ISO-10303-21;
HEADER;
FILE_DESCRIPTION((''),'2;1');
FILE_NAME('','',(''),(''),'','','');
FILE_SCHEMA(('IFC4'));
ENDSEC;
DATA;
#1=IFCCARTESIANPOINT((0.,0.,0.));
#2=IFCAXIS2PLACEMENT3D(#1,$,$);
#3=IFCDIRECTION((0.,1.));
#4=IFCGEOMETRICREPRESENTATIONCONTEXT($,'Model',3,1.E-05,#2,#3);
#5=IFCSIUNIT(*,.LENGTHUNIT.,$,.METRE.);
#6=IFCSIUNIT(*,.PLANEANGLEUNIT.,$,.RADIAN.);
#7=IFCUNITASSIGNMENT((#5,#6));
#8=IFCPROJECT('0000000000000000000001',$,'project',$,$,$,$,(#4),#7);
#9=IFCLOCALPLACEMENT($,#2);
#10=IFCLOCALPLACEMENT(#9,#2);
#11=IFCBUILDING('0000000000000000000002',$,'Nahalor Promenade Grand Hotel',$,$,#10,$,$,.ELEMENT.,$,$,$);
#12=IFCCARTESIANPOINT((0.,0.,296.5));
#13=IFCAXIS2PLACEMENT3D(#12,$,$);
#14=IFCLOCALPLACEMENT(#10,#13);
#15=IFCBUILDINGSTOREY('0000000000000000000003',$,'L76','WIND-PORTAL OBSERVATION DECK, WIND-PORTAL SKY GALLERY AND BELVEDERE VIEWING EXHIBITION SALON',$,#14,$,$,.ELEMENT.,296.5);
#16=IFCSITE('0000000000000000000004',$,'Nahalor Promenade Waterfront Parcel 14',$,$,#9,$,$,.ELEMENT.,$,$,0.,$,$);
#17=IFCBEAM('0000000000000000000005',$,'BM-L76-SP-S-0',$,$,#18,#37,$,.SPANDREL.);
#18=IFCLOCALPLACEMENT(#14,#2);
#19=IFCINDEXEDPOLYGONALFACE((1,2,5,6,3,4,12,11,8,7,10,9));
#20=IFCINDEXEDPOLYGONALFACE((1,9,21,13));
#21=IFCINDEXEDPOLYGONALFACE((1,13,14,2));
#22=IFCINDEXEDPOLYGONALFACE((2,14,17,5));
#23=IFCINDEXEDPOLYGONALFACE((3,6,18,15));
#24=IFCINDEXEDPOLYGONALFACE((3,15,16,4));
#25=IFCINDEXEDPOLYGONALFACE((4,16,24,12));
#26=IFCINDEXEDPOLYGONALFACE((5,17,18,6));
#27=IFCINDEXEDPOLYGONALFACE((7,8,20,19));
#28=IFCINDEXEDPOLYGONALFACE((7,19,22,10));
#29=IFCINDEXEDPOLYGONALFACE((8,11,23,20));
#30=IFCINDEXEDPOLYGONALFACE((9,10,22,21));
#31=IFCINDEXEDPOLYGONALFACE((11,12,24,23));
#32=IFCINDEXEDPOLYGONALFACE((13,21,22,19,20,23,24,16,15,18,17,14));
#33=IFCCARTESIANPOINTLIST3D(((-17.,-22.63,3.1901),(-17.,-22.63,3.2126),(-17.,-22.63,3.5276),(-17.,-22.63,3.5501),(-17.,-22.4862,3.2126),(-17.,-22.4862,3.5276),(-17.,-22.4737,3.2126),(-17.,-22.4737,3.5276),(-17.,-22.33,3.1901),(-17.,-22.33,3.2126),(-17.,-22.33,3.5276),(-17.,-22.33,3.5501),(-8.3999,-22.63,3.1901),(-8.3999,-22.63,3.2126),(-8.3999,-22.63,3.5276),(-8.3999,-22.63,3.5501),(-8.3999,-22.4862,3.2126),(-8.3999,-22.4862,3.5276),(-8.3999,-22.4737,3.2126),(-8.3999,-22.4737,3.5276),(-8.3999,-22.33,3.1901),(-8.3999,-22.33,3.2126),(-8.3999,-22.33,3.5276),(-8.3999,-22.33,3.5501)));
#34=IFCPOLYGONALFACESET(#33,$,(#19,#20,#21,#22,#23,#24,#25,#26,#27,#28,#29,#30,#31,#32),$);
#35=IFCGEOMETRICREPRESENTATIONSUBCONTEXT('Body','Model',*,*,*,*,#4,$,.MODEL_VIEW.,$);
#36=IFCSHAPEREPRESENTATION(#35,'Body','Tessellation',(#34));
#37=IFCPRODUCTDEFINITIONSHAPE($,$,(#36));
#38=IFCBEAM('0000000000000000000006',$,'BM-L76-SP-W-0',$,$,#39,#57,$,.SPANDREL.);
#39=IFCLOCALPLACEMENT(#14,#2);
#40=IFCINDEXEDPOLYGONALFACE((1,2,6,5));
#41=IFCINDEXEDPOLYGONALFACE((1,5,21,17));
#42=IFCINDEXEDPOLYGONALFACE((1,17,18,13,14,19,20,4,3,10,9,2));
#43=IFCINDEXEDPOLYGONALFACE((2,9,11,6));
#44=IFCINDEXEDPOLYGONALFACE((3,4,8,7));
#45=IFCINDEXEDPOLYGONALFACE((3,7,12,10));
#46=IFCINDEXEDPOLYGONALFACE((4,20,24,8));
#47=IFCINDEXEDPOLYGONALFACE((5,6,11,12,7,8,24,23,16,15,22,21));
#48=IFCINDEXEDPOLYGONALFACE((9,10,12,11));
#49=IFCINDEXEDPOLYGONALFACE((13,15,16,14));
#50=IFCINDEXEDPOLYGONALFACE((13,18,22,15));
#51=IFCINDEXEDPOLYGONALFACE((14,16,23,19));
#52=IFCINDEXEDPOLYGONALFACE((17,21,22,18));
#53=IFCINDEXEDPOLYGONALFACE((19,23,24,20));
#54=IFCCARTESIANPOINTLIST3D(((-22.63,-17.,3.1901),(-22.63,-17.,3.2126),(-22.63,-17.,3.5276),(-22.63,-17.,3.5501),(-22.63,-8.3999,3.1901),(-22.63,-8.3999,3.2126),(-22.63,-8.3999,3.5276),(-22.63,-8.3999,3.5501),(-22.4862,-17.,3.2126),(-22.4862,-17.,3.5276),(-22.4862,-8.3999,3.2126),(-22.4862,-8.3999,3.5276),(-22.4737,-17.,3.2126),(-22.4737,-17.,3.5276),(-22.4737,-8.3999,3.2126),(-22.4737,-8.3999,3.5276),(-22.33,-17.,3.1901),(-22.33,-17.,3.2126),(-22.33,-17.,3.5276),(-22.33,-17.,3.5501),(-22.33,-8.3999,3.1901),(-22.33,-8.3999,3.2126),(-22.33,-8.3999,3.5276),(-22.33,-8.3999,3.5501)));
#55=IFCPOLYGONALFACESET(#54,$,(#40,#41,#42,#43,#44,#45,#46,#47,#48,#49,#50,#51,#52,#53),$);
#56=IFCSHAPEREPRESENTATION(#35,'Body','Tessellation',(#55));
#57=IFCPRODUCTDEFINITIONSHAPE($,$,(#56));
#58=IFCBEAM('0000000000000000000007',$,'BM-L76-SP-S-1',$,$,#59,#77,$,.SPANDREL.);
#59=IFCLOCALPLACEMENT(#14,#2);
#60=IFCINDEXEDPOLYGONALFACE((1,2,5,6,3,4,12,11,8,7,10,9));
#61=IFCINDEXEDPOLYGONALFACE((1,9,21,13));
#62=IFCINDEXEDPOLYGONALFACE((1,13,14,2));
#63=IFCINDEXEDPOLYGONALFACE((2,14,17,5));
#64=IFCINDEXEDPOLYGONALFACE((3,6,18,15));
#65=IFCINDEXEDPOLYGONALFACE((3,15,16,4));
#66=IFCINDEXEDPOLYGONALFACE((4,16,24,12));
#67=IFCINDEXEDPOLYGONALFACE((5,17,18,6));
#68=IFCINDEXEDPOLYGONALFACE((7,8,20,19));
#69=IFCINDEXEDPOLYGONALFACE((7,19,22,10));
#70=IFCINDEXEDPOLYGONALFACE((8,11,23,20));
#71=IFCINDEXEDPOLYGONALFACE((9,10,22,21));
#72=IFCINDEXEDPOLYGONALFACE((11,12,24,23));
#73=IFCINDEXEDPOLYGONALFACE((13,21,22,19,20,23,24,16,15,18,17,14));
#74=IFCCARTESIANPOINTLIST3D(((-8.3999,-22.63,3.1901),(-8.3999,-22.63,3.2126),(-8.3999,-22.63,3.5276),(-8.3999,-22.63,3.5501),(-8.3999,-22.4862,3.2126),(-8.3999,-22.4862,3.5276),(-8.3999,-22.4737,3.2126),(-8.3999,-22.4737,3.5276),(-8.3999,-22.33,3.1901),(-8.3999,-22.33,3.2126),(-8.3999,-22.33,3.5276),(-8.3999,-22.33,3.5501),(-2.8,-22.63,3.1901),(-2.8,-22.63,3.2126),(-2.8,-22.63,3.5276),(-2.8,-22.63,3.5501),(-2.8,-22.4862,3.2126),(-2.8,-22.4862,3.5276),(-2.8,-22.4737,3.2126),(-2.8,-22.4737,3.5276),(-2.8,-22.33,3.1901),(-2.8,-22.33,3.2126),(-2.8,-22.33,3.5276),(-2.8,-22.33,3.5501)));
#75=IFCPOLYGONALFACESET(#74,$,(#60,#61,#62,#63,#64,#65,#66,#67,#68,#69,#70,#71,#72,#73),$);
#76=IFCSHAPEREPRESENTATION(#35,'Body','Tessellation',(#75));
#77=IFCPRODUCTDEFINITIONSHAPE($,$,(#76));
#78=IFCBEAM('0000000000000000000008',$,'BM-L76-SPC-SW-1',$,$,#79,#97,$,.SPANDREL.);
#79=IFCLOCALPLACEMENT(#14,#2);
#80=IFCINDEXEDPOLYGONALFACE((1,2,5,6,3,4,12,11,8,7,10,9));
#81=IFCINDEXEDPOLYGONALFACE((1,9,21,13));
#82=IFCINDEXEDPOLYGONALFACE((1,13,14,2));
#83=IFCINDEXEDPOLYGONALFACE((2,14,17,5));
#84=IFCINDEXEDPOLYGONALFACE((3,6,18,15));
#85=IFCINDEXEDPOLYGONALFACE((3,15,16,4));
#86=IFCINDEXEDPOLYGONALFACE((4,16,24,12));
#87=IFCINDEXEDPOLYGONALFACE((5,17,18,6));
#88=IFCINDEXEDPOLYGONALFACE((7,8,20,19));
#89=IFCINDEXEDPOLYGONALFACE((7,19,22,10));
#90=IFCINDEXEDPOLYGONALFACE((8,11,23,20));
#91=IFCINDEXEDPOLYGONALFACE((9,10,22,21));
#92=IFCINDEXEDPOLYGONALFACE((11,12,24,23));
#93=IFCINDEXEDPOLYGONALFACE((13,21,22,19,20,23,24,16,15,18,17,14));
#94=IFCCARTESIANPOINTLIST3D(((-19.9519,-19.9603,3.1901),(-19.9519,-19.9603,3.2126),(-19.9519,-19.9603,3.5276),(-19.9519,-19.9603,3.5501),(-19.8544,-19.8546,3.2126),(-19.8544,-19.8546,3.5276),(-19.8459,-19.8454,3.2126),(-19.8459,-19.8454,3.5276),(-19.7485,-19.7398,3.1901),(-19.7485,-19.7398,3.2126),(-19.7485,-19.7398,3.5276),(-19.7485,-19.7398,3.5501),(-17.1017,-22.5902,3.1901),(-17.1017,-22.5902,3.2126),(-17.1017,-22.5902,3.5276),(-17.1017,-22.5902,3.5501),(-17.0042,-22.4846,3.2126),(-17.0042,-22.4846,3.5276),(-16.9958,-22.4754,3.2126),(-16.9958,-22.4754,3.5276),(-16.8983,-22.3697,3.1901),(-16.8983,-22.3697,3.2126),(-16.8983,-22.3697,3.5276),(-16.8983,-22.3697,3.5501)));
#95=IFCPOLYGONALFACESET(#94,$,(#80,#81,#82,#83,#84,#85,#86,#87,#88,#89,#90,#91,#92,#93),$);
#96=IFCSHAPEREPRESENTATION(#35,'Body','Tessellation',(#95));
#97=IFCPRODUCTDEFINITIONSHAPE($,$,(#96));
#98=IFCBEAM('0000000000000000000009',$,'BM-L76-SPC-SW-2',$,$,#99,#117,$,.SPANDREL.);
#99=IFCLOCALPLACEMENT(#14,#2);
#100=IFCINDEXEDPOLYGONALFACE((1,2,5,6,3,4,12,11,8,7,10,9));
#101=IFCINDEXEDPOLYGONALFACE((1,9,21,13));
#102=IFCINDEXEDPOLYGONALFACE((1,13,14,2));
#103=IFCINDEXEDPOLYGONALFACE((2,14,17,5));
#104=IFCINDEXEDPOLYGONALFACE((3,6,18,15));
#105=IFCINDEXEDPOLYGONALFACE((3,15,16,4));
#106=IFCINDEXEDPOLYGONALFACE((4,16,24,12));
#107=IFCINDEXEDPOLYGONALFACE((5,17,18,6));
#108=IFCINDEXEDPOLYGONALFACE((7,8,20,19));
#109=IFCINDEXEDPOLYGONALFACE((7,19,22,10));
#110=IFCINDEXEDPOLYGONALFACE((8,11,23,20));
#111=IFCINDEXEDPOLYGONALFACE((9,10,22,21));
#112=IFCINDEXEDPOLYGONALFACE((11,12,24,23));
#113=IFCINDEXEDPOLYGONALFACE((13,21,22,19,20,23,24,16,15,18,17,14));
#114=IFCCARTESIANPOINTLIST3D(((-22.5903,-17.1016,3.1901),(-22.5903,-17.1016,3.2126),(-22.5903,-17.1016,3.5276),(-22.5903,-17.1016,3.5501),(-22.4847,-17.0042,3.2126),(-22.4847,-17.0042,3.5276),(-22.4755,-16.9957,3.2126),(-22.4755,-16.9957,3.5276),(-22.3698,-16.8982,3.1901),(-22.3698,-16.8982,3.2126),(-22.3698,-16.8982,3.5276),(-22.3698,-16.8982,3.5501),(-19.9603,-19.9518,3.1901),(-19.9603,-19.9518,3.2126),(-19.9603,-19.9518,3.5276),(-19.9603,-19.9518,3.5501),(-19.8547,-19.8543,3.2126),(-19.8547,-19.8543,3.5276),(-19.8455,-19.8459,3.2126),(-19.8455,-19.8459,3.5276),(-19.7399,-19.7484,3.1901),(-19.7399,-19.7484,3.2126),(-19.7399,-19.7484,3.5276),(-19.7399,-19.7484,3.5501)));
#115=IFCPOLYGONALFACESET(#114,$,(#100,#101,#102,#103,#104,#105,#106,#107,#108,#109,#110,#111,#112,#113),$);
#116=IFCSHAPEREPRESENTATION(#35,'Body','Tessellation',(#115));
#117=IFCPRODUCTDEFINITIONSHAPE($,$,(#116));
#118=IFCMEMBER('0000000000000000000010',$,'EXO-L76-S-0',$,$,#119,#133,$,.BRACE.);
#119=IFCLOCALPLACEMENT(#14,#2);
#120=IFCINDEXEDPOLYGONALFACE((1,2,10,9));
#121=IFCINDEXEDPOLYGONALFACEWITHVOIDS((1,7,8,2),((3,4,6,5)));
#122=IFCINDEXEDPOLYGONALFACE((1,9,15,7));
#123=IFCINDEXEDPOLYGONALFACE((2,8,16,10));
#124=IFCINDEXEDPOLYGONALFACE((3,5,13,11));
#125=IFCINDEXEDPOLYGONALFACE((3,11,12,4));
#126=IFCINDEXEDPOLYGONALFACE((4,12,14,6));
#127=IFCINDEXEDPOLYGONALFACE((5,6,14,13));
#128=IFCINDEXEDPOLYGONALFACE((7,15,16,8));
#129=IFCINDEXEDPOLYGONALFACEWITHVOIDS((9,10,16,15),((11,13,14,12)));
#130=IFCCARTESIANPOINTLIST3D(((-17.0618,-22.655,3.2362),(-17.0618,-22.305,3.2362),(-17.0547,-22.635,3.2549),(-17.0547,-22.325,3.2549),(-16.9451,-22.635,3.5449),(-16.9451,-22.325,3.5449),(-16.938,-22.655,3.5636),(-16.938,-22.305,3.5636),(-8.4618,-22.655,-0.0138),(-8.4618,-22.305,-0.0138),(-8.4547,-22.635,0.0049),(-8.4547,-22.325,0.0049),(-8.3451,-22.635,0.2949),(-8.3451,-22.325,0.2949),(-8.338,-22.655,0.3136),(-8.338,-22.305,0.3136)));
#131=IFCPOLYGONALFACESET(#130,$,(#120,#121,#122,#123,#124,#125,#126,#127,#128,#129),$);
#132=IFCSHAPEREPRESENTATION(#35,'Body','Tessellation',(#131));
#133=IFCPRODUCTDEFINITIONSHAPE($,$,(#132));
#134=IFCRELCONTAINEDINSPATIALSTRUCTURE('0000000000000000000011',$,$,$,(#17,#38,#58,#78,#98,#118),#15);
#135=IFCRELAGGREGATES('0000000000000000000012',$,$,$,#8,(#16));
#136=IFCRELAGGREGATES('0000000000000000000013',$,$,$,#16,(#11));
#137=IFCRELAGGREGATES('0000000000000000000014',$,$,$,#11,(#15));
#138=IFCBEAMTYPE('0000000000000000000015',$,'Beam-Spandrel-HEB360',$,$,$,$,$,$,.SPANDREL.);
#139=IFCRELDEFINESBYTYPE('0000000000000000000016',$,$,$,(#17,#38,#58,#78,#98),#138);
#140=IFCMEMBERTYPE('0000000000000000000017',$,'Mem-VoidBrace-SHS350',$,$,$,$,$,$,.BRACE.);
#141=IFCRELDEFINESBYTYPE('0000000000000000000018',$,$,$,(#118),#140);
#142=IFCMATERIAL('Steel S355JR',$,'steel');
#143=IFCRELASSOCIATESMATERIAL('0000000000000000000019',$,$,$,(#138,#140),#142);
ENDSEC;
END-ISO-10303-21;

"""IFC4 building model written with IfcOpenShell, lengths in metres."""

from ifc_helpers import new_model, si_unit, direction, frame, origin, origin_2d, place, context, subcontext, project, spatial, hollow_rectangle, i_section, extrude, source, transform, mapped, material, material_profile, profile_set, type_object, element, save


model = new_model("IFC4")

# Units and contexts
model_context = context("Model", 3, precision=1e-05, world=origin(), true_north=direction((0.0, 1.0)))
body_context = subcontext(model_context, "Body", "Model", "MODEL_VIEW")
ifc_project = project(units=[si_unit("LENGTHUNIT", "METRE"), si_unit("PLANEANGLEUNIT", "RADIAN")], contexts=[model_context])

# Site, building, storey
site_placement = place(None, origin())
site = spatial("IfcSite", under=ifc_project, at=site_placement, Name="Nahalor Promenade Waterfront Parcel 14", CompositionType="ELEMENT", RefElevation=0.0)
building_placement = place(site_placement, origin())
building = spatial("IfcBuilding", under=site, at=building_placement, Name="Nahalor Promenade Grand Hotel", CompositionType="ELEMENT")
storey_placement = place(building_placement, frame((0.0, 0.0, 296.5)))
storey = spatial("IfcBuildingStorey", under=building, at=storey_placement, Name="L76", Description="WIND-PORTAL OBSERVATION DECK, WIND-PORTAL SKY GALLERY AND BELVEDERE VIEWING EXHIBITION SALON", CompositionType="ELEMENT", Elevation=296.5)

# Shared definitions
ifc_material_1 = material(Name="Steel S355JR", Category="steel")

# Beams
ifc_material_profile_1 = material_profile(ifc_material_1, i_section(OverallWidth=0.3, OverallDepth=0.36, WebThickness=0.0125, FlangeThickness=0.0225, at=origin_2d()), Name="HEB 360")
ifc_profile_set_1 = profile_set([ifc_material_profile_1], Name="Steel S355JR")
beam_type_1 = type_object("IfcBeamType", Name="Beam-Spandrel-HEB360", PredefinedType="SPANDREL", material=ifc_profile_set_1)
shared_shape_1 = source(origin(), body_context, "Body", "SweptSolid", [
    extrude(i_section(OverallWidth=0.3, OverallDepth=0.36, WebThickness=0.0125, FlangeThickness=0.0225, at=origin_2d()), origin(), (0.0, 0.0, 1.0), 8.6001),
])
for number, where, z_axis, x_axis, name in (
    (1, (-17.0, -22.48, 3.3701), (1.0, 0.0, 0.0), (0.0, 1.0, 0.0), "BM-L76-SP-S-0"),
    (2, (-22.48, -17.0, 3.3701), (0.0, 1.0, 0.0), (-1.0, 0.0, 0.0), "BM-L76-SP-W-0"),
):
    element("IfcBeam", number, at=place(storey_placement, frame(where, z_axis=z_axis, x_axis=x_axis)), inside=storey, type_object=beam_type_1, Name=name, PredefinedType="SPANDREL", context=body_context, shape_type="MappedRepresentation", body=[
        mapped(shared_shape_1, transform((0.0, 0.0, 0.0), scale=1.0)),
    ])
shared_shape_2 = source(origin(), body_context, "Body", "SweptSolid", [
    extrude(i_section(OverallWidth=0.3, OverallDepth=0.36, WebThickness=0.0125, FlangeThickness=0.0225, at=origin_2d()), origin(), (0.0, 0.0, 1.0), 5.5999),
])
beam_1_placement = place(storey_placement, frame((-8.3999, -22.48, 3.3701), z_axis=(1.0, 0.0, 0.0), x_axis=(0.0, 1.0, 0.0)))
element("IfcBeam", 3, at=beam_1_placement, inside=storey, type_object=beam_type_1, Name="BM-L76-SP-S-1", PredefinedType="SPANDREL", context=body_context, shape_type="MappedRepresentation", body=[
    mapped(shared_shape_2, transform((0.0, 0.0, 0.0), scale=1.0)),
])
shared_shape_3 = source(origin(), body_context, "Body", "SweptSolid", [
    extrude(i_section(OverallWidth=0.3, OverallDepth=0.36, WebThickness=0.0125, FlangeThickness=0.0225, at=origin_2d()), origin(), (0.0, 0.0, 1.0), 3.8782),
])
for number, where, z_axis, x_axis, name in (
    (4, (-17.0, -22.48, 3.3701), (-0.734929, 0.678144, 0.0), (-0.678144, -0.734929, 0.0), "BM-L76-SPC-SW-1"),
    (5, (-19.8501, -19.8501, 3.3701), (-0.678144, 0.734929, 0.0), (-0.734929, -0.678144, 0.0), "BM-L76-SPC-SW-2"),
):
    element("IfcBeam", number, at=place(storey_placement, frame(where, z_axis=z_axis, x_axis=x_axis)), inside=storey, type_object=beam_type_1, Name=name, PredefinedType="SPANDREL", context=body_context, shape_type="MappedRepresentation", body=[
        mapped(shared_shape_3, transform((0.0, 0.0, 0.0), scale=1.0)),
    ])

# Member
ifc_material_profile_2 = material_profile(ifc_material_1, hollow_rectangle(XDim=0.35, YDim=0.35, WallThickness=0.02, at=origin_2d()), Name="SHS 350x350x20")
ifc_profile_set_2 = profile_set([ifc_material_profile_2], Name="Steel S355JR")
member_type = type_object("IfcMemberType", Name="Mem-VoidBrace-SHS350", PredefinedType="BRACE", material=ifc_profile_set_2)
shared_shape_4 = source(origin(), body_context, "Body", "SweptSolid", [
    extrude(hollow_rectangle(XDim=0.35, YDim=0.35, WallThickness=0.02, at=origin_2d()), origin(), (0.0, 0.0, 1.0), 9.1936),
])
member_placement = place(storey_placement, frame((-8.3999, -22.48, 0.1499), z_axis=(-0.935433, 0.0, 0.353503), x_axis=(0.0, -1.0, 0.0)))
element("IfcMember", 6, at=member_placement, inside=storey, type_object=member_type, Name="EXO-L76-S-0", PredefinedType="BRACE", context=body_context, shape_type="MappedRepresentation", body=[
    mapped(shared_shape_4, transform((0.0, 0.0, 0.0), scale=1.0)),
])

save(model, "model.ifc")
